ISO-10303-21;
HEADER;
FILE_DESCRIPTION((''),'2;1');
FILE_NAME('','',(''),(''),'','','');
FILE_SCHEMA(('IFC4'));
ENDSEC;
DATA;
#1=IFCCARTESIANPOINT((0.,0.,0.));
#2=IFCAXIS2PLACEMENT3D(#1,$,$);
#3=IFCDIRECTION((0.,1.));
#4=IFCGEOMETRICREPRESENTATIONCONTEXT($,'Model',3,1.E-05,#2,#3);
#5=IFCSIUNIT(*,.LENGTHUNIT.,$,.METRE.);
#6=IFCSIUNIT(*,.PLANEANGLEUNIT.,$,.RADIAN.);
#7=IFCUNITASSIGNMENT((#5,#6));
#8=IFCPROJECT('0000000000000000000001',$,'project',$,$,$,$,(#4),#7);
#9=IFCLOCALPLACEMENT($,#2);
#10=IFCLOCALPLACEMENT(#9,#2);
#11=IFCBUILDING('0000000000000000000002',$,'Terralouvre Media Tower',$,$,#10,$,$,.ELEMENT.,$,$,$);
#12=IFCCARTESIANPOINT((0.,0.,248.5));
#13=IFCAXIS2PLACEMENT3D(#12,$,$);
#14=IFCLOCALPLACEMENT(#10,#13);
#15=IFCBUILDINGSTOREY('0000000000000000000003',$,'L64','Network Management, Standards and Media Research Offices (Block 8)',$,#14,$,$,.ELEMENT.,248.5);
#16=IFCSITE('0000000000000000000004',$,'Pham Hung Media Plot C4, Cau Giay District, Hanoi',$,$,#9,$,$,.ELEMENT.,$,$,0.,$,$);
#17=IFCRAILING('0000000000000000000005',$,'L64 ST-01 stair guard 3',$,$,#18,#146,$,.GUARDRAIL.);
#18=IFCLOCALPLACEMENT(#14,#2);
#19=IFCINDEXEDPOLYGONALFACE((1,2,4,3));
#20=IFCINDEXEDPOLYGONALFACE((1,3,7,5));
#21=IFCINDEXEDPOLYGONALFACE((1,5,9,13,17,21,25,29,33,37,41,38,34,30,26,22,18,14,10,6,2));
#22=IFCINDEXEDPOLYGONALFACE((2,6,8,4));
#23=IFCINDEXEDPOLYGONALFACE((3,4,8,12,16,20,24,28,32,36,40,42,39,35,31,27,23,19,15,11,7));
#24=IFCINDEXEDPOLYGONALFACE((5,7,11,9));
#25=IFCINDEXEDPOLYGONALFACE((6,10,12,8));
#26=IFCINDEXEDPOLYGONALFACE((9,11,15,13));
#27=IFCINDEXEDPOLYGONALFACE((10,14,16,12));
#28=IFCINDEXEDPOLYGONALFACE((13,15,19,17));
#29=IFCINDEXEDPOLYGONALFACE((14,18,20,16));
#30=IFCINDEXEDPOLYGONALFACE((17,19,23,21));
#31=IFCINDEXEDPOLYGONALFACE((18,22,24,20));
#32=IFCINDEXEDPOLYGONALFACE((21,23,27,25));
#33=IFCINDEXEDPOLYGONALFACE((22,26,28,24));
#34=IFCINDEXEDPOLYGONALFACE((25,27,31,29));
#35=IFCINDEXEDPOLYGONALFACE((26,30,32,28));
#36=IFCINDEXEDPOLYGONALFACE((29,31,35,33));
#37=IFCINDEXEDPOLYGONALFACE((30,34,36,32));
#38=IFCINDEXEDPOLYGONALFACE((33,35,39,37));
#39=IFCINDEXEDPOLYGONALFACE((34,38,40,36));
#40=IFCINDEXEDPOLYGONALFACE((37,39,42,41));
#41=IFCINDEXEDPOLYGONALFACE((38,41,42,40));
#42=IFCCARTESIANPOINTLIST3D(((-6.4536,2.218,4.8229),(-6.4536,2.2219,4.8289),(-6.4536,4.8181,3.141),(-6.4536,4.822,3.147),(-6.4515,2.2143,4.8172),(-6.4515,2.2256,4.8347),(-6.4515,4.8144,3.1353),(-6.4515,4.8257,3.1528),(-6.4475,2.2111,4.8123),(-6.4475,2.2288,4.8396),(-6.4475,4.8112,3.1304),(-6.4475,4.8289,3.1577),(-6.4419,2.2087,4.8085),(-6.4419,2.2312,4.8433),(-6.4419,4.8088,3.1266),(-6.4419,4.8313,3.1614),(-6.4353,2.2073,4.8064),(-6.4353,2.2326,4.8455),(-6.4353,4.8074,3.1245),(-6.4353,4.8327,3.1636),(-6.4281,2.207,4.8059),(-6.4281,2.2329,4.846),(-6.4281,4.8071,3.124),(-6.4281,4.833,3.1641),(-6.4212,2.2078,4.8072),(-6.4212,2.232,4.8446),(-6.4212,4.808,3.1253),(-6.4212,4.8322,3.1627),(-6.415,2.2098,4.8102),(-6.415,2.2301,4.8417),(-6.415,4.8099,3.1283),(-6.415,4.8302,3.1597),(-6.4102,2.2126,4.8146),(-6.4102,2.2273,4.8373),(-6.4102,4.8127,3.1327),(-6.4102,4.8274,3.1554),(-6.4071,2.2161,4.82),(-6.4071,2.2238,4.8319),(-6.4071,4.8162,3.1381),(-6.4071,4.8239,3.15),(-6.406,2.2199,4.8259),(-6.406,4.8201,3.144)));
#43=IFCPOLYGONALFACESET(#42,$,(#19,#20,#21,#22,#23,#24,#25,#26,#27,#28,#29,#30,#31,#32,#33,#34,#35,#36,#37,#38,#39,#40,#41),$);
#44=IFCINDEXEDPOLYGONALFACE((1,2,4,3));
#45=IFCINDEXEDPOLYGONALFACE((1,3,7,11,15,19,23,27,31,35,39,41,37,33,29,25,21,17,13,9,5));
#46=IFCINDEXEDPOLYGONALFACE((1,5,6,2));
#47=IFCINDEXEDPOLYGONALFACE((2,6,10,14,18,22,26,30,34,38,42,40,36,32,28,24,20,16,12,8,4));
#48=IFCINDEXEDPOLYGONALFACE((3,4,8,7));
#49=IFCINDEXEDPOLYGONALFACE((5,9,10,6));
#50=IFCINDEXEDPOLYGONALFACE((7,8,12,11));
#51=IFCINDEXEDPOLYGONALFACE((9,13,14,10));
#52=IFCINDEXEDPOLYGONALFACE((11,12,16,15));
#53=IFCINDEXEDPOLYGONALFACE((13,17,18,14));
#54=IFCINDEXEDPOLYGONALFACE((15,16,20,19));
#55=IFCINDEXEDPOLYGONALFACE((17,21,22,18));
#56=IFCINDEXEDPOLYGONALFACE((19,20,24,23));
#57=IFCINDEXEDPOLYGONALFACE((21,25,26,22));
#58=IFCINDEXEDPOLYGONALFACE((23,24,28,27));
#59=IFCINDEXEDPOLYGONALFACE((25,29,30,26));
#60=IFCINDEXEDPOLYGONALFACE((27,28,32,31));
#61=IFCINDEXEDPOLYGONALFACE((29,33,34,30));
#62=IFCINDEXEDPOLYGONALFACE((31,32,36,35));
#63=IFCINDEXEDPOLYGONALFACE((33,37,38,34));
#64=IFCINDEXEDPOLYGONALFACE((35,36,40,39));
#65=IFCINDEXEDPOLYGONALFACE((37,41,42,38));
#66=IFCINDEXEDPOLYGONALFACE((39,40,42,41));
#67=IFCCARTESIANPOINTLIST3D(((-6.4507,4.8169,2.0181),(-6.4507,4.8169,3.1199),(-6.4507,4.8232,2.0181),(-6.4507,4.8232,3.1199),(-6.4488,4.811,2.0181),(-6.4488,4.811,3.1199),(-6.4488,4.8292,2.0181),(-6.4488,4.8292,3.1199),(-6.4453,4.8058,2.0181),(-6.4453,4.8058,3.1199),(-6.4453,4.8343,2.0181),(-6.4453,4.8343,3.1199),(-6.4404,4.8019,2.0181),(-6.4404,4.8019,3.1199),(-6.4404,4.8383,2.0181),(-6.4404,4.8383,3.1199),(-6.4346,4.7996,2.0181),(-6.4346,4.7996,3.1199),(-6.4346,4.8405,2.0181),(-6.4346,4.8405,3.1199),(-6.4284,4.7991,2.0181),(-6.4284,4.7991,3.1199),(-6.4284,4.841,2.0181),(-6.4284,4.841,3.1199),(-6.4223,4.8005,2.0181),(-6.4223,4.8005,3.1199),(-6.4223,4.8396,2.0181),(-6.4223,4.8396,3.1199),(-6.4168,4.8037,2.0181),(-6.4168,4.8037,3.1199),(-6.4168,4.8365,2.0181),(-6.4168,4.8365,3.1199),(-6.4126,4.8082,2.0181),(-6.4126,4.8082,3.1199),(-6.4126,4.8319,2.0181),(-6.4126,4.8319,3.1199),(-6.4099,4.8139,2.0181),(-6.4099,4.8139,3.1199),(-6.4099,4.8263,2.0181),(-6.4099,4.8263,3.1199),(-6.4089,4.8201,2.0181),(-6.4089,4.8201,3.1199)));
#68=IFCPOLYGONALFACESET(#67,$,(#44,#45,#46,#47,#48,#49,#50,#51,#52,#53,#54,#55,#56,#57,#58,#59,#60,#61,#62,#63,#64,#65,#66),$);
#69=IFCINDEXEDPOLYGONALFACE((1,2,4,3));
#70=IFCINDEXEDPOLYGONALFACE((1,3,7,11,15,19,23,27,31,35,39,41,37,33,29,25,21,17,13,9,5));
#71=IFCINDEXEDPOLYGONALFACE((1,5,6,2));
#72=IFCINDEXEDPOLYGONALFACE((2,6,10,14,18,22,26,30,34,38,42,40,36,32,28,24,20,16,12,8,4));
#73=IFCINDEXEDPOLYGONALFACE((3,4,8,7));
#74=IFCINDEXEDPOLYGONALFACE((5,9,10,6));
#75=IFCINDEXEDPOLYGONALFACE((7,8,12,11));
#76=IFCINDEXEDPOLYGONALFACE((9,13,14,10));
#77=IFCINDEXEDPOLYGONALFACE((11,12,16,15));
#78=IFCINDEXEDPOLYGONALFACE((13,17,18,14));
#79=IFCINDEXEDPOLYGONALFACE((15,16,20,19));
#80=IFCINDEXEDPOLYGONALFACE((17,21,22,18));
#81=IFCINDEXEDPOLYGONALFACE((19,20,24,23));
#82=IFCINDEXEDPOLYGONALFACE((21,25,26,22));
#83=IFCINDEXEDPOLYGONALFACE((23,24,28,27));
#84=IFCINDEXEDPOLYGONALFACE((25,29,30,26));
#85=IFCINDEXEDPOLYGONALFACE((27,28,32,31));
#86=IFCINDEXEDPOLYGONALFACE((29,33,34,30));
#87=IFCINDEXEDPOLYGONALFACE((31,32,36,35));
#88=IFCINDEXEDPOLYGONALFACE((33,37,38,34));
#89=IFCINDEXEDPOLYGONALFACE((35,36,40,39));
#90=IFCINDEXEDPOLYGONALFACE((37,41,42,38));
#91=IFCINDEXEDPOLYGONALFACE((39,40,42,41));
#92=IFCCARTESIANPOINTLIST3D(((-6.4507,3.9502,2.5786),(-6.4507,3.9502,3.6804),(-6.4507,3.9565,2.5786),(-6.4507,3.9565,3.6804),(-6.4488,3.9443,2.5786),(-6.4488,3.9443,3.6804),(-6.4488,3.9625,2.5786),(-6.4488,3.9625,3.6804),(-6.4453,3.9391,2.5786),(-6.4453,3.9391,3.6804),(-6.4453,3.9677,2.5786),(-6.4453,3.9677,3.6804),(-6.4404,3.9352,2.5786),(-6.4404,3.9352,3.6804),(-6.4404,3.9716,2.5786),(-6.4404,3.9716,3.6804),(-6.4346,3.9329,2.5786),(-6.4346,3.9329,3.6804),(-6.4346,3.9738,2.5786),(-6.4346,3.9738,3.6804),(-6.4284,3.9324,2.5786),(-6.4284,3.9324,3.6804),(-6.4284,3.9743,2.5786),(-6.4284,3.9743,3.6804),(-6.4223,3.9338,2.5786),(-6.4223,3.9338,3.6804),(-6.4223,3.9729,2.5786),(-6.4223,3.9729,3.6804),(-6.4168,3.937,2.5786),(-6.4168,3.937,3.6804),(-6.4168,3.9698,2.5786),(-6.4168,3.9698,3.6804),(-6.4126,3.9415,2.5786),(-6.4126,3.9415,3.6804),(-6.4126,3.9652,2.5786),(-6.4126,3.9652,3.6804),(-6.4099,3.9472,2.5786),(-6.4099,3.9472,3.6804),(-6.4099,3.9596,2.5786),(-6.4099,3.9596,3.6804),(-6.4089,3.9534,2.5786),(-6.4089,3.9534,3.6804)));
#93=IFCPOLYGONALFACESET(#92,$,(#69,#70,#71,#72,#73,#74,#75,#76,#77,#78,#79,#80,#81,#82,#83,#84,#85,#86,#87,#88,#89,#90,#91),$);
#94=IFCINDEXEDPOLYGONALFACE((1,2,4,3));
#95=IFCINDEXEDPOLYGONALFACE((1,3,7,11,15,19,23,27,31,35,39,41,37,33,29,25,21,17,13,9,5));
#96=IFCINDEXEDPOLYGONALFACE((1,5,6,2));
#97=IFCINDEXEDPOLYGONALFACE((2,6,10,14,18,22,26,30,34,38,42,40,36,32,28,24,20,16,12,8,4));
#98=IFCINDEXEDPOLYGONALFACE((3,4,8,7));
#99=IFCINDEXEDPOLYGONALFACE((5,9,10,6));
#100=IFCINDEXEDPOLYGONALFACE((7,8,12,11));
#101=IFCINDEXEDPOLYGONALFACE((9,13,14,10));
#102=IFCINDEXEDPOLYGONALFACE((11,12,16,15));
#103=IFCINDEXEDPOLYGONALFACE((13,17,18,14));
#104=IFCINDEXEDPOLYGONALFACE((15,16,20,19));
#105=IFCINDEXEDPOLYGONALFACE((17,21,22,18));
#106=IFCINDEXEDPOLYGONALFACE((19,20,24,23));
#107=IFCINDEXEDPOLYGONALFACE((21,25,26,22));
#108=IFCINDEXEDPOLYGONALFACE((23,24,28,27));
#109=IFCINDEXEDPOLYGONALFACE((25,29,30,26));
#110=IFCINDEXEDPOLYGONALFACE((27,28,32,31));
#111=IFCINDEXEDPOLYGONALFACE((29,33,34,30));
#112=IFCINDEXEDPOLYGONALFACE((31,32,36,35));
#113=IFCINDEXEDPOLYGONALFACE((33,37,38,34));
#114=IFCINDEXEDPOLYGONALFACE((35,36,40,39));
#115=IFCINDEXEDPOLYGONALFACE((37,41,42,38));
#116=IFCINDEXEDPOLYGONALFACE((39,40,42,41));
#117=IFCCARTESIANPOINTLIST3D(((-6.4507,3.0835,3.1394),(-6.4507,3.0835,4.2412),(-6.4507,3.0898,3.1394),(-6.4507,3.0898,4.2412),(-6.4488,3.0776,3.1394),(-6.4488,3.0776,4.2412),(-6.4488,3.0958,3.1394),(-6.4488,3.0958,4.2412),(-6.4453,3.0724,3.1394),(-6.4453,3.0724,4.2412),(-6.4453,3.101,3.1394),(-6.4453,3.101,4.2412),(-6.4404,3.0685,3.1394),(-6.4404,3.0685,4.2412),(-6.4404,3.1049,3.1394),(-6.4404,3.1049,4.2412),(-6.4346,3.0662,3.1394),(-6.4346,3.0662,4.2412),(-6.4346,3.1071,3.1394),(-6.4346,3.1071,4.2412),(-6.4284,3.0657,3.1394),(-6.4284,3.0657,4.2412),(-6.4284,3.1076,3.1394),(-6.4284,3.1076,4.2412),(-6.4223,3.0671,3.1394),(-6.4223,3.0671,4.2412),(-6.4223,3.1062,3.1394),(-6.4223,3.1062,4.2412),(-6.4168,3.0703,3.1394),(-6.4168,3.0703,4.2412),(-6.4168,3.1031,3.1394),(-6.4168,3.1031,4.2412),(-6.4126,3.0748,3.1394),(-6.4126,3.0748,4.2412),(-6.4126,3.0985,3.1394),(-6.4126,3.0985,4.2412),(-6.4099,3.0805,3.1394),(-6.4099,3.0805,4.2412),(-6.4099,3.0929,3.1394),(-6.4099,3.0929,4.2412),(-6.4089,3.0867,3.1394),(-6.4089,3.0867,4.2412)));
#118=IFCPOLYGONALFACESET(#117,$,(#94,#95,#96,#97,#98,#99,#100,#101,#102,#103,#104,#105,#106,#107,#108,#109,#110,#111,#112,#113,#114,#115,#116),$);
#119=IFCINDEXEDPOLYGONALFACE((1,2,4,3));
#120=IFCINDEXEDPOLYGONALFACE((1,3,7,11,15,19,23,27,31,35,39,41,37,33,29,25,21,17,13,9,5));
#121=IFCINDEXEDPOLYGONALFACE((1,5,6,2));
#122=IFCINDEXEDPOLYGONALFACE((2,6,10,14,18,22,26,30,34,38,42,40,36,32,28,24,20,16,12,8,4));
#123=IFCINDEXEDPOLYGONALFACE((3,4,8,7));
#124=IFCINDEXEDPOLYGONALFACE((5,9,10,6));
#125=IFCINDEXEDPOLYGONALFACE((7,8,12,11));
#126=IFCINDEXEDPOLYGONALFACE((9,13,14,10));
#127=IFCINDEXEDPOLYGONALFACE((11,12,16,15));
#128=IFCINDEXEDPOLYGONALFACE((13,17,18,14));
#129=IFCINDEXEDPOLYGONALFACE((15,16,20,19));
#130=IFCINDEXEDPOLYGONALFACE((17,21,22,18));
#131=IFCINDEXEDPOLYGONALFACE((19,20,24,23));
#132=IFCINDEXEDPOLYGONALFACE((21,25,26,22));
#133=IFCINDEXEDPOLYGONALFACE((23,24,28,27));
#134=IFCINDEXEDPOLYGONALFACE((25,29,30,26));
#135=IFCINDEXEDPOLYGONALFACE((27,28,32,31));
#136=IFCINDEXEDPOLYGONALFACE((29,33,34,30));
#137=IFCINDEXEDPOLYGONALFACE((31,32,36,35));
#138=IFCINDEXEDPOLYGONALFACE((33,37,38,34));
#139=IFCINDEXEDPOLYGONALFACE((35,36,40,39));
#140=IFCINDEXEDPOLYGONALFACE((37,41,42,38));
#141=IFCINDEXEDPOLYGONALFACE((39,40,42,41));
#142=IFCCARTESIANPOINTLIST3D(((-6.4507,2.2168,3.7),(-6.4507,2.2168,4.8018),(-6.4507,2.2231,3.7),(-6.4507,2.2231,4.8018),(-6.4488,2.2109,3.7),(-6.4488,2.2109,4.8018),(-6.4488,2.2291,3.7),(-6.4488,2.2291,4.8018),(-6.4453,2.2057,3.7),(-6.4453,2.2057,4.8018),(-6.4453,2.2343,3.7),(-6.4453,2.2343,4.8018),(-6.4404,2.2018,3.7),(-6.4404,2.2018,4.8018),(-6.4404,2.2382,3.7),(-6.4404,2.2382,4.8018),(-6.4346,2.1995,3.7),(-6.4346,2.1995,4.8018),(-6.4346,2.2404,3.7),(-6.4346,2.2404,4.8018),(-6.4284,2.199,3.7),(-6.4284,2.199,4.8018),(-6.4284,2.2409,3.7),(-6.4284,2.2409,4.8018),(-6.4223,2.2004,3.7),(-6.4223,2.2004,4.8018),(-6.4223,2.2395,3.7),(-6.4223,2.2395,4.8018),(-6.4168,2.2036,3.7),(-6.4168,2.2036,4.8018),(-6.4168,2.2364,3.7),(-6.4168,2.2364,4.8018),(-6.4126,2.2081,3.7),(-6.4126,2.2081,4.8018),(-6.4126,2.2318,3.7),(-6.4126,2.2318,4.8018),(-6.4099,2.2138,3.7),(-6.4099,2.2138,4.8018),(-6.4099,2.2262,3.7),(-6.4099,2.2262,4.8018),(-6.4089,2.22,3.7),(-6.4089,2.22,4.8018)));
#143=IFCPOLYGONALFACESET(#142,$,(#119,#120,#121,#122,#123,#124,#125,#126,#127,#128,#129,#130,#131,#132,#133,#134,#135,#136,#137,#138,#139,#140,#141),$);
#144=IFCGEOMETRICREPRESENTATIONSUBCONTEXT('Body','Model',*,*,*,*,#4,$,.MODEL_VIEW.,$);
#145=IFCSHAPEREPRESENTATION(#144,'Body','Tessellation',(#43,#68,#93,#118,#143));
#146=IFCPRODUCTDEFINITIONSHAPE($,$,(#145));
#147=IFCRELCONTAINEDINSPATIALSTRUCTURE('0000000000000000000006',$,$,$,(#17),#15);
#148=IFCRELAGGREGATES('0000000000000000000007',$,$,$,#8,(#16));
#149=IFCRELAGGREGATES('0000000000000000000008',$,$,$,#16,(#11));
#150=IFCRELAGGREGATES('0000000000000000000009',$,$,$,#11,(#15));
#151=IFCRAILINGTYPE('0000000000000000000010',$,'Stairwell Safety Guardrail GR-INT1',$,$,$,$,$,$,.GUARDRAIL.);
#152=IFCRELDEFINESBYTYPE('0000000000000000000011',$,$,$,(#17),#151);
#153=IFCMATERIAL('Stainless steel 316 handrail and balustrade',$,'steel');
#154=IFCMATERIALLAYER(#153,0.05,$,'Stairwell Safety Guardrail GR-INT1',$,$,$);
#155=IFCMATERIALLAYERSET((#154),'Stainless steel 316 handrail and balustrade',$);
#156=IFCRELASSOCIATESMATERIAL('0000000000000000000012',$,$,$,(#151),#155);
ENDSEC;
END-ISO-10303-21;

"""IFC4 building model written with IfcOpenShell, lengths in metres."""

from ifc_helpers import new_model, si_unit, direction, frame, origin, origin_2d, place, context, subcontext, project, spatial, circle, extrude, material, layer, layer_set, type_object, element, save


model = new_model("IFC4")

# Units and contexts
model_context = context("Model", 3, precision=1e-05, world=origin(), true_north=direction((0.0, 1.0)))
body_context = subcontext(model_context, "Body", "Model", "MODEL_VIEW")
ifc_project = project(units=[si_unit("LENGTHUNIT", "METRE"), si_unit("PLANEANGLEUNIT", "RADIAN")], contexts=[model_context])

# Site, building, storey
site_placement = place(None, origin())
site = spatial("IfcSite", under=ifc_project, at=site_placement, Name="Pham Hung Media Plot C4, Cau Giay District, Hanoi", CompositionType="ELEMENT", RefElevation=0.0)
building_placement = place(site_placement, origin())
building = spatial("IfcBuilding", under=site, at=building_placement, Name="Terralouvre Media Tower", CompositionType="ELEMENT")
storey_placement = place(building_placement, frame((0.0, 0.0, 248.5)))
storey = spatial("IfcBuildingStorey", under=building, at=storey_placement, Name="L64", Description="Network Management, Standards and Media Research Offices (Block 8)", CompositionType="ELEMENT", Elevation=248.5)

# Railing
ifc_material_1 = material(Name="Stainless steel 316 handrail and balustrade", Category="steel")
ifc_layer_1 = layer(ifc_material_1, 0.05, Name="Stairwell Safety Guardrail GR-INT1")
ifc_layer_set_1 = layer_set([ifc_layer_1], Name="Stainless steel 316 handrail and balustrade")
railing_type_1 = type_object("IfcRailingType", Name="Stairwell Safety Guardrail GR-INT1", PredefinedType="GUARDRAIL", material=ifc_layer_set_1)
railing_1_placement = place(storey_placement, frame((-6.4299, 4.8201, 2.0181)))
element("IfcRailing", 1, at=railing_1_placement, inside=storey, type_object=railing_type_1, Name="L64 ST-01 stair guard 3", PredefinedType="GUARDRAIL", context=body_context, shape_type="SweptSolid", body=[
    extrude(circle(Radius=0.0239, at=origin_2d()), frame((0.0, 0.0, 1.126), z_axis=(0.0, -0.839648, 0.54313), x_axis=(1.0, 0.0, 0.0)), (0.0, 0.0, 1.0), 3.0967),
    extrude(circle(Radius=0.021, at=origin_2d()), origin(), (0.0, 0.0, 1.0), 1.1018),
    extrude(circle(Radius=0.021, at=origin_2d()), frame((0.0, -0.8667, 0.5605)), (0.0, 0.0, 1.0), 1.1018),
    extrude(circle(Radius=0.021, at=origin_2d()), frame((0.0, -1.7334, 1.1213)), (0.0, 0.0, 1.0), 1.1018),
    extrude(circle(Radius=0.021, at=origin_2d()), frame((0.0, -2.6001, 1.6819)), (0.0, 0.0, 1.0), 1.1018),
])

save(model, "model.ifc")
